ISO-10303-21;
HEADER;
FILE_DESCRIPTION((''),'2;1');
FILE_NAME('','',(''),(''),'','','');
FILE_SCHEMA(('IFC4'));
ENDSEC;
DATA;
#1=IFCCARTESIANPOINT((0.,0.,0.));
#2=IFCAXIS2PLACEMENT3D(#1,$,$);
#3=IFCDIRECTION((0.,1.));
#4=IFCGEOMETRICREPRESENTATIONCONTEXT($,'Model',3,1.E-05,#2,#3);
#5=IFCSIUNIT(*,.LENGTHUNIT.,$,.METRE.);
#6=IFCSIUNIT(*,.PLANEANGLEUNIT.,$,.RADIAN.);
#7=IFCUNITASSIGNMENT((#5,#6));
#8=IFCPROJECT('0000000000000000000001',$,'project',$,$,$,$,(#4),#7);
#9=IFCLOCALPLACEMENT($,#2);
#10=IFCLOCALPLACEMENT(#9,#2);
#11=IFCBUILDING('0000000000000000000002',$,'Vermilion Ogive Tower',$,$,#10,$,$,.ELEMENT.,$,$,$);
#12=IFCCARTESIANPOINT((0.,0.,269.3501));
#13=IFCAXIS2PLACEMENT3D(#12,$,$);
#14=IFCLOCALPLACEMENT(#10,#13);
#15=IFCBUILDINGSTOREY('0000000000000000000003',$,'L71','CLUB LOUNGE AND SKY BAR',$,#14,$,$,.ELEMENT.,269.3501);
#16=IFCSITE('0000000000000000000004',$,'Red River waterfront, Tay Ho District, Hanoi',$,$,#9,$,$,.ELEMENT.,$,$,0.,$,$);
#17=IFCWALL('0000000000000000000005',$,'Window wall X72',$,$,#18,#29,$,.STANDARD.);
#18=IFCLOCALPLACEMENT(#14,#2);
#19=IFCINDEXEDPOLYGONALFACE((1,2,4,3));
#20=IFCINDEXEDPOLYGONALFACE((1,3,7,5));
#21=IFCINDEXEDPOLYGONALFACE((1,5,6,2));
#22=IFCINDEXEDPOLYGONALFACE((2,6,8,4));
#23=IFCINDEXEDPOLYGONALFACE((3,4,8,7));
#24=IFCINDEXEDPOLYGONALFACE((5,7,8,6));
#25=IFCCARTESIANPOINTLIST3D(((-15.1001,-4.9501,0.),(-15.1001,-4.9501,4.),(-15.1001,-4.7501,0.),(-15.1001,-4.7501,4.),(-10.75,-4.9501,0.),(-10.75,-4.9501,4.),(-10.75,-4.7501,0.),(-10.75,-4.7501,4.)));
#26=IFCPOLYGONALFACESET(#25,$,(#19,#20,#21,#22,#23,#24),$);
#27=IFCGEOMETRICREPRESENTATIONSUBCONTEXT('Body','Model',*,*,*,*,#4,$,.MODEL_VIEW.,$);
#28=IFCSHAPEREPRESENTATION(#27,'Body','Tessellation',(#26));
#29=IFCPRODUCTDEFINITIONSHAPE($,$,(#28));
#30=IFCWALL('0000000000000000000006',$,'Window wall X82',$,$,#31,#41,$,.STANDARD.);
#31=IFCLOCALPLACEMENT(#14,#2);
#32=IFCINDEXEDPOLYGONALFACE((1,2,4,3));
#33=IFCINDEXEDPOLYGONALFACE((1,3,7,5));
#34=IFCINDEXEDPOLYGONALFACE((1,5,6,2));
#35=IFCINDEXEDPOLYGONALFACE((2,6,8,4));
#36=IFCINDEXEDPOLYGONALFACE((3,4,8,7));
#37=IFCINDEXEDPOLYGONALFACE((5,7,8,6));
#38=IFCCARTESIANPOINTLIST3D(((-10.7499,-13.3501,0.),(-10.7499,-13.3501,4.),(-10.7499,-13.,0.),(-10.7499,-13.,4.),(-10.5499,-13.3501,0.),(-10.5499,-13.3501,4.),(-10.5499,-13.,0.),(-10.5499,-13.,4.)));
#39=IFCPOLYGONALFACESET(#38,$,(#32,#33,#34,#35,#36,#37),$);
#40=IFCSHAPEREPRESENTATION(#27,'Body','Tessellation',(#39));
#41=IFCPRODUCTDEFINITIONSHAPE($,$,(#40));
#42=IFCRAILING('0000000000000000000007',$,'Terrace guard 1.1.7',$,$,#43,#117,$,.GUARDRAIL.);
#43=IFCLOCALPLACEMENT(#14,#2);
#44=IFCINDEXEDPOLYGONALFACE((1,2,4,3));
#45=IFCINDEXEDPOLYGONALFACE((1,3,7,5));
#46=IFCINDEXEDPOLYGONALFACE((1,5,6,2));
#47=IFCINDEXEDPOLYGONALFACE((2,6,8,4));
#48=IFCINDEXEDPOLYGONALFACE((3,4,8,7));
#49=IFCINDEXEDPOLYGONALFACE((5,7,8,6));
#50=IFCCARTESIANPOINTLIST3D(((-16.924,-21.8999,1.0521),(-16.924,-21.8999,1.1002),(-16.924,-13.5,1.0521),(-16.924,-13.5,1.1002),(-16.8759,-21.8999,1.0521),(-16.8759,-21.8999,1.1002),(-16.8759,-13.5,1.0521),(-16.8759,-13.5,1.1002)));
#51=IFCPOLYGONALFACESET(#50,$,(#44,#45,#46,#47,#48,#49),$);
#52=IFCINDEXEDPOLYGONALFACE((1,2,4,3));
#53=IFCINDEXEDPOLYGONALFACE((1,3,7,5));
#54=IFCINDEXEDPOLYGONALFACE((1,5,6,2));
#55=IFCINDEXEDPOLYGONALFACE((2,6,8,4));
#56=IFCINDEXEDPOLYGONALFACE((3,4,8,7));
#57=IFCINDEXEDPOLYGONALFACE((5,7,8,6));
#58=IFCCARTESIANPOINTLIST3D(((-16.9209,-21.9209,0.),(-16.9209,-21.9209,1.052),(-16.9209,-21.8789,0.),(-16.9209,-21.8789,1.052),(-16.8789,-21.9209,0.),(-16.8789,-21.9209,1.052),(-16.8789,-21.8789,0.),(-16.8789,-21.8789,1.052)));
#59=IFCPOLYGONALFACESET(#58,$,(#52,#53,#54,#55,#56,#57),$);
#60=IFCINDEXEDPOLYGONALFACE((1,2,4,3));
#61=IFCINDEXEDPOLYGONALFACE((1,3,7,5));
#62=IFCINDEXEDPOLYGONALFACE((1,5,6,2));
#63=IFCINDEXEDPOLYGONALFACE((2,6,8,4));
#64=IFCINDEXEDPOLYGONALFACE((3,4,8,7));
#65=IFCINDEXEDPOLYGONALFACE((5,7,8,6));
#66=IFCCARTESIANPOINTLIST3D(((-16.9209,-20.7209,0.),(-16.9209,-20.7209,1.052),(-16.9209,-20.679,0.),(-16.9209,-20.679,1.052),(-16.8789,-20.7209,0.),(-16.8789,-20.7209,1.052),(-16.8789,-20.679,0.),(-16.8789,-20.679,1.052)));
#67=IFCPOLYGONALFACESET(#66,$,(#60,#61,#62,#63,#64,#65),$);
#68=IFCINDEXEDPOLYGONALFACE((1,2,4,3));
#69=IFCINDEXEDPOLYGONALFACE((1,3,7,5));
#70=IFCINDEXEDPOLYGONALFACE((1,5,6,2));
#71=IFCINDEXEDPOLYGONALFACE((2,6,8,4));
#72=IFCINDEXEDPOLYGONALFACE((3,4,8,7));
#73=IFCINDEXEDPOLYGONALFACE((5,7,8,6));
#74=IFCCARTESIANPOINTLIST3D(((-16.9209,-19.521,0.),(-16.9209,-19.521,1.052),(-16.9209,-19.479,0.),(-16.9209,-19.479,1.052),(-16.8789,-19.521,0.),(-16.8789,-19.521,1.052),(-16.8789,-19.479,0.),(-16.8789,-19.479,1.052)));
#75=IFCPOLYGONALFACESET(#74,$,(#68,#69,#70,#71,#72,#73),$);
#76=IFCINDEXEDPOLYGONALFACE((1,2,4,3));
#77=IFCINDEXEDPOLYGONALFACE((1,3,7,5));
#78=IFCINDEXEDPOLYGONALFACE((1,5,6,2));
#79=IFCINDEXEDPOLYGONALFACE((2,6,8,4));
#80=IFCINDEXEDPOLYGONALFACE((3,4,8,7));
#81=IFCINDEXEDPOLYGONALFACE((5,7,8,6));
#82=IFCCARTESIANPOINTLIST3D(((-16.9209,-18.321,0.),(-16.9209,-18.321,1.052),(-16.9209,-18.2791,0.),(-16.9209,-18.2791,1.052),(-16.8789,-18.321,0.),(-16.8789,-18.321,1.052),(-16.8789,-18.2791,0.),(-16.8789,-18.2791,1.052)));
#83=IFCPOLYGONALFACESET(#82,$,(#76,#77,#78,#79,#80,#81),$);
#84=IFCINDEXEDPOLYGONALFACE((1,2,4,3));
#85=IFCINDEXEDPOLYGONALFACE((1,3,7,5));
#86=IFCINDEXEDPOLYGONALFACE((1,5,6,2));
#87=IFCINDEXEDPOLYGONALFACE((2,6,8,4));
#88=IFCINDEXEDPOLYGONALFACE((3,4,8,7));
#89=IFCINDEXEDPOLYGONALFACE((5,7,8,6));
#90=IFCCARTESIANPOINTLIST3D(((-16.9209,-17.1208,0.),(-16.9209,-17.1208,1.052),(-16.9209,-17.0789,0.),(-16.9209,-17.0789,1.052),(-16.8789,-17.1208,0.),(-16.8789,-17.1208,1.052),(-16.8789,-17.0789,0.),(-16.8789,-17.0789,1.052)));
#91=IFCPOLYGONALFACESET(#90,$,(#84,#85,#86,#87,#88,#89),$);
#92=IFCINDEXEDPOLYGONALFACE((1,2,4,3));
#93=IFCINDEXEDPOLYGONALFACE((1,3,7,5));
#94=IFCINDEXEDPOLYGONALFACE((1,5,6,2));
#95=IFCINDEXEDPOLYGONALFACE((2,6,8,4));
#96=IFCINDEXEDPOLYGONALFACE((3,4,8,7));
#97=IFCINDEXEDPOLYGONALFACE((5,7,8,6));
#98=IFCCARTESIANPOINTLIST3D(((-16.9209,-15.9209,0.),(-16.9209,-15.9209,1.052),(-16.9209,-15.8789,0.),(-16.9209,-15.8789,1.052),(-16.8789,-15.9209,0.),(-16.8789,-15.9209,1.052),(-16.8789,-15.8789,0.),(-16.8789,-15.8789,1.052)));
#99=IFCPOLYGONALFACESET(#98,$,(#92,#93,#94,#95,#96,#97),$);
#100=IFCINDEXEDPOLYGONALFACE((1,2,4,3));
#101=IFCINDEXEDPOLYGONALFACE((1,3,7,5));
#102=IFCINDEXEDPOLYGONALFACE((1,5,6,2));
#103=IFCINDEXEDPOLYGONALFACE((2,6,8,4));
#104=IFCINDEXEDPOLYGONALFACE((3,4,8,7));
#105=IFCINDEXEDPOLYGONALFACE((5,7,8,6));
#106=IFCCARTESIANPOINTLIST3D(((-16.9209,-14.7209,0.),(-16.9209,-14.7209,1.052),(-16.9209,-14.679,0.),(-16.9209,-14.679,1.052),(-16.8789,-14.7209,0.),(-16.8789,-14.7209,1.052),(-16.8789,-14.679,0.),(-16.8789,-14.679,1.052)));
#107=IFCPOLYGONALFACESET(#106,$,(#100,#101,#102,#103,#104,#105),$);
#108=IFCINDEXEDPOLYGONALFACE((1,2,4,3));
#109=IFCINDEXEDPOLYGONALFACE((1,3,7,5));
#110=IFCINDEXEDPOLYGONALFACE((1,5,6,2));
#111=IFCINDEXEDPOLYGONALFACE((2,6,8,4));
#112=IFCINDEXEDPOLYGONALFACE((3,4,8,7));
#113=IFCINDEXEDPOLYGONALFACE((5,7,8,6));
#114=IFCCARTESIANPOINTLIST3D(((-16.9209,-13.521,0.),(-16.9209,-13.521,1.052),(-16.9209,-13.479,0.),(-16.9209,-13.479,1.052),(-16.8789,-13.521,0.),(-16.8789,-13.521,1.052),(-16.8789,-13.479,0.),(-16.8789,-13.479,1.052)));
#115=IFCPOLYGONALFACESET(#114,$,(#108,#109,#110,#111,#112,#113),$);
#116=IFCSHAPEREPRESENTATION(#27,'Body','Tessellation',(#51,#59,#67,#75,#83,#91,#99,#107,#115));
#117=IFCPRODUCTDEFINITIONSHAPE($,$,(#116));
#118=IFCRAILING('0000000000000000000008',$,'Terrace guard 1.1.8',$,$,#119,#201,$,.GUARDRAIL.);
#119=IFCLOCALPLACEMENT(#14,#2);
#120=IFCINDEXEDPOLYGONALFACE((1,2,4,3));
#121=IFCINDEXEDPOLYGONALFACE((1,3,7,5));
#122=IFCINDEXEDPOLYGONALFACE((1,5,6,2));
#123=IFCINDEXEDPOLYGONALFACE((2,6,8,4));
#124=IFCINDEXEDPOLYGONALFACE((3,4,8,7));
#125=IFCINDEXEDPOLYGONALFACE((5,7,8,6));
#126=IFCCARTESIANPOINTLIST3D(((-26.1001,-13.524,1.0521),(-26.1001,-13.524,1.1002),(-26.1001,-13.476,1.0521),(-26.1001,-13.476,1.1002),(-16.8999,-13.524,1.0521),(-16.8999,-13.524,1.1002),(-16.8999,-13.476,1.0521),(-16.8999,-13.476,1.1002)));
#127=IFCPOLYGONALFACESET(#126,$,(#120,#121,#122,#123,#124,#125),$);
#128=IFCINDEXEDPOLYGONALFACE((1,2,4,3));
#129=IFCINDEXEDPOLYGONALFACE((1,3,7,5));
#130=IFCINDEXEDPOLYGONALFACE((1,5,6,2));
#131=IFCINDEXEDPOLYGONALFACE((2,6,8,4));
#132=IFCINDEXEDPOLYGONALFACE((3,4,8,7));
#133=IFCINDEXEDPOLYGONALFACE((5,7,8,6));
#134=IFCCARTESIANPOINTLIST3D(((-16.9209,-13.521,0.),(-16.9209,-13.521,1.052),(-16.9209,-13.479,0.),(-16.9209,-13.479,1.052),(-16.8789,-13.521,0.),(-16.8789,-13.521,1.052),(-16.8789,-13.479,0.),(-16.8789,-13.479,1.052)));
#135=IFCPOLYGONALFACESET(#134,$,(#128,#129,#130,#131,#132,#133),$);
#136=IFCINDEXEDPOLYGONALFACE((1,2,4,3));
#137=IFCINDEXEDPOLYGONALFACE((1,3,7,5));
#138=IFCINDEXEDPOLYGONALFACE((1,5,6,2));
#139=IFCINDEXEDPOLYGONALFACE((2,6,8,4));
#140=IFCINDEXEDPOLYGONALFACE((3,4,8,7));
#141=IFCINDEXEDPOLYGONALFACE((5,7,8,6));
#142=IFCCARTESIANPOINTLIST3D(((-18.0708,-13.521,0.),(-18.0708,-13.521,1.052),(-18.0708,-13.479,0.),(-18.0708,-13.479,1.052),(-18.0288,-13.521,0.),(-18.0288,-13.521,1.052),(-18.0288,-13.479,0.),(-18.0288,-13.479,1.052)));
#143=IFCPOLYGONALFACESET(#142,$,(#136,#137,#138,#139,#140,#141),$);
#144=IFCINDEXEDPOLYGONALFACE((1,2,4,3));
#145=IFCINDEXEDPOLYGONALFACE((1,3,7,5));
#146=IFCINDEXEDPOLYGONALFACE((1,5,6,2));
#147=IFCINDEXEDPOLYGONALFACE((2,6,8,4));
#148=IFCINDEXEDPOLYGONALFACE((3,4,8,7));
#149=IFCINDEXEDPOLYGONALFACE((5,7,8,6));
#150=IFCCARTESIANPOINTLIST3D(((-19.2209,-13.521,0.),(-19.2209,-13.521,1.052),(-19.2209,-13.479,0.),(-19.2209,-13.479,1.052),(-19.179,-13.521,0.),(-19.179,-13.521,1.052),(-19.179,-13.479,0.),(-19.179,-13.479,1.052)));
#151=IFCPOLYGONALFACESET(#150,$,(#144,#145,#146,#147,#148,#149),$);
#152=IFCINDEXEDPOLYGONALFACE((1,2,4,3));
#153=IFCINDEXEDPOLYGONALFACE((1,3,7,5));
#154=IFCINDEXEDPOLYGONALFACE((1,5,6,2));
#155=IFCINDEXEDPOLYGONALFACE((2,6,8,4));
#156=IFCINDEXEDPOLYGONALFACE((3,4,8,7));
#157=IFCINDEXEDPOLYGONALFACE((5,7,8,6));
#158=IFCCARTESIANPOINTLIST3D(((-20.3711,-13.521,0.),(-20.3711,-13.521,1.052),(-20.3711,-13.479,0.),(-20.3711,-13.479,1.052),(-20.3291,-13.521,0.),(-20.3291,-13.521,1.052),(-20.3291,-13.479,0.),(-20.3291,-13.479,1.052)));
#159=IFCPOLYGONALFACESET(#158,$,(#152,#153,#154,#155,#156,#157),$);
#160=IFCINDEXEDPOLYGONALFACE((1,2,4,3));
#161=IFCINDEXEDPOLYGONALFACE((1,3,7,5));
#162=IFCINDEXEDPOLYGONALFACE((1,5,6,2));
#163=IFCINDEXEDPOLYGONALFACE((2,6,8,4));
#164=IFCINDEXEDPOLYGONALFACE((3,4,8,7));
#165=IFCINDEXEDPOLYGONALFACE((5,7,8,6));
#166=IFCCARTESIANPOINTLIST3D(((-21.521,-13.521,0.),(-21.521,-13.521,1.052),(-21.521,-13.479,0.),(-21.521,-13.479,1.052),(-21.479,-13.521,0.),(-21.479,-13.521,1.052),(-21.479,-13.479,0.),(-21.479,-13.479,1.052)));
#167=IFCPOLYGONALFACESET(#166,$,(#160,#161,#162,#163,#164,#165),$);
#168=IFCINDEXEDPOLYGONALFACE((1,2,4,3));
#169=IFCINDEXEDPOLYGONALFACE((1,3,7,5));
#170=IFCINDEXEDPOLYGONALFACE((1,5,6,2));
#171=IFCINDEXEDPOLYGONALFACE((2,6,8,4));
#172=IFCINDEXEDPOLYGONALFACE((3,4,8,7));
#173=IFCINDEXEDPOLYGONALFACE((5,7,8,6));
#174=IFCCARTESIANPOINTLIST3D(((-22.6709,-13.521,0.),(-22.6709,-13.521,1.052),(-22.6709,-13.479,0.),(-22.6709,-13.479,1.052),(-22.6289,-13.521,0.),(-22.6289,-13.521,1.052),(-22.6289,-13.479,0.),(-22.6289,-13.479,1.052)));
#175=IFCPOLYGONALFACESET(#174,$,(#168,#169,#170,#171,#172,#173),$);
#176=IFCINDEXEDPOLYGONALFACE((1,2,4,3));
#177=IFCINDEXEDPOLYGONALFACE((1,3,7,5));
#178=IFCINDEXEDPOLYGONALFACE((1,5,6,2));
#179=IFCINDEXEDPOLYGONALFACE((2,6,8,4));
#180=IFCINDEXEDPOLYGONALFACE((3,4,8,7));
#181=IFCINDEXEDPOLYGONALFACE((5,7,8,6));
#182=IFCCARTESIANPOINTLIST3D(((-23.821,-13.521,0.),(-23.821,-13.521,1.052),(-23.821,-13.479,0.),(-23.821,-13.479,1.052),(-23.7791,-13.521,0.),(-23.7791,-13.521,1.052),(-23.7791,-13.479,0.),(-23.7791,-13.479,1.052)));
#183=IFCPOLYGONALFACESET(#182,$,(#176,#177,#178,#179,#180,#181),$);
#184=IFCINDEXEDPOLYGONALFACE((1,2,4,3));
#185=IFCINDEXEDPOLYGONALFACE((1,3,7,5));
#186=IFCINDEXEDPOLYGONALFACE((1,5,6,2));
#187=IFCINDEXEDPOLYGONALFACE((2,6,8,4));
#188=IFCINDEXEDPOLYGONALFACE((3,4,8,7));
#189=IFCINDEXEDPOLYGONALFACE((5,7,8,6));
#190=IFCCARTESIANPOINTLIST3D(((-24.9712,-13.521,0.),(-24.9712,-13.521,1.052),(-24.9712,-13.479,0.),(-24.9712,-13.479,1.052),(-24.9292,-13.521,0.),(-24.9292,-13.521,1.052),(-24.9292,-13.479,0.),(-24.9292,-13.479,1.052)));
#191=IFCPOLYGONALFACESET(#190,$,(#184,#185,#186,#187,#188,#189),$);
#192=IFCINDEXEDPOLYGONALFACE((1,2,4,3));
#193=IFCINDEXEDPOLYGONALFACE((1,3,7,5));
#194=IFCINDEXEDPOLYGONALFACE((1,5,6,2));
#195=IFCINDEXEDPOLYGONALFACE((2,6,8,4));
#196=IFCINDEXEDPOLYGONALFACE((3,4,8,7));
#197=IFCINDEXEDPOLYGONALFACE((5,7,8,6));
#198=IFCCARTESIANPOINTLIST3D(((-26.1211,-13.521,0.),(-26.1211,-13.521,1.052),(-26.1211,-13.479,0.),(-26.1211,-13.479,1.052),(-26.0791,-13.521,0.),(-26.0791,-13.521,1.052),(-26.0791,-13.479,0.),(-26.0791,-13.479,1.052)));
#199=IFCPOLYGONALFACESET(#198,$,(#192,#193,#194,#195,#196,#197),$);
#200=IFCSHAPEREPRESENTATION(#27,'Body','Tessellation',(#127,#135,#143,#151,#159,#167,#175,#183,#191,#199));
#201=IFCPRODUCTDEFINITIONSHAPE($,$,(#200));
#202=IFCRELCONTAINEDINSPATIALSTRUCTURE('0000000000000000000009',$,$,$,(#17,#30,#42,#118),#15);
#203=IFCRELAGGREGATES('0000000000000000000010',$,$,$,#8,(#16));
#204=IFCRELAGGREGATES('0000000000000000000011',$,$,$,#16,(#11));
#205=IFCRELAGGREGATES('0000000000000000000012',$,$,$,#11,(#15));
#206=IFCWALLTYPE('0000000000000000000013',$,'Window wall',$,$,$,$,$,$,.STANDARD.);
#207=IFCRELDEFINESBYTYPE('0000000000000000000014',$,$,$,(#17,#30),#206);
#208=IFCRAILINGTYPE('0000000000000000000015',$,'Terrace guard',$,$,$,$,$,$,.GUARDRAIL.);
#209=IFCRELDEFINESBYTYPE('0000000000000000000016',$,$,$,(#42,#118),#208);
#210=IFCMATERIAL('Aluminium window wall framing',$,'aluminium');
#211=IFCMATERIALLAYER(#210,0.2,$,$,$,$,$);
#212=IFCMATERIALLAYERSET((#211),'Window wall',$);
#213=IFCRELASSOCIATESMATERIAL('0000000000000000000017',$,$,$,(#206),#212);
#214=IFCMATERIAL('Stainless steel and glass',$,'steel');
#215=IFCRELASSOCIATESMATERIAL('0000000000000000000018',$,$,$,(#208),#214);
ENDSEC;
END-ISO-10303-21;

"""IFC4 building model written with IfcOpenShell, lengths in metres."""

from ifc_helpers import new_model, si_unit, direction, frame, frame_2d, origin, origin_2d, place, context, subcontext, project, spatial, rectangle, extrude, material, layer, layer_set, type_object, element, save


model = new_model("IFC4")

# Units and contexts
model_context = context("Model", 3, precision=1e-05, world=origin(), true_north=direction((0.0, 1.0)))
body_context = subcontext(model_context, "Body", "Model", "MODEL_VIEW")
ifc_project = project(units=[si_unit("LENGTHUNIT", "METRE"), si_unit("PLANEANGLEUNIT", "RADIAN")], contexts=[model_context])

# Site, building, storey
site_placement = place(None, origin())
site = spatial("IfcSite", under=ifc_project, at=site_placement, Name="Red River waterfront, Tay Ho District, Hanoi", CompositionType="ELEMENT", RefElevation=0.0)
building_placement = place(site_placement, origin())
building = spatial("IfcBuilding", under=site, at=building_placement, Name="Vermilion Ogive Tower", CompositionType="ELEMENT")
storey_placement = place(building_placement, frame((0.0, 0.0, 269.3501)))
storey = spatial("IfcBuildingStorey", under=building, at=storey_placement, Name="L71", Description="CLUB LOUNGE AND SKY BAR", CompositionType="ELEMENT", Elevation=269.3501)

# Shared definitions
ifc_material_1 = material(Name="Aluminium window wall framing", Category="aluminium")
ifc_layer_1 = layer(ifc_material_1, 0.2)
ifc_layer_set_1 = layer_set([ifc_layer_1], Name="Window wall")
wall_type_1 = type_object("IfcWallType", Name="Window wall", PredefinedType="STANDARD", material=ifc_layer_set_1)

# Wall
wall_1_placement = place(storey_placement, frame((-15.1001, -4.8501, 0.0), z_axis=(0.0, 0.0, 1.0), x_axis=(1.0, 0.0, 0.0)))
element("IfcWall", 1, at=wall_1_placement, inside=storey, type_object=wall_type_1, Name="Window wall X72", PredefinedType="STANDARD", context=body_context, shape_type="SweptSolid", body=[
    extrude(rectangle(XDim=4.3501, YDim=0.2, at=frame_2d((2.175, 0.0))), origin(), (0.0, 0.0, 1.0), 4.0),
])

# Wall
wall_2_placement = place(storey_placement, frame((-10.6499, -13.0, 0.0), z_axis=(0.0, 0.0, 1.0), x_axis=(0.0, -1.0, 0.0)))
element("IfcWall", 2, at=wall_2_placement, inside=storey, type_object=wall_type_1, Name="Window wall X82", PredefinedType="STANDARD", context=body_context, shape_type="SweptSolid", body=[
    extrude(rectangle(XDim=0.3501, YDim=0.2, at=frame_2d((0.175, 0.0))), origin(), (0.0, 0.0, 1.0), 4.0),
])

# Railings
ifc_material_2 = material(Name="Stainless steel and glass", Category="steel")
railing_type = type_object("IfcRailingType", Name="Terrace guard", PredefinedType="GUARDRAIL", material=ifc_material_2)
railing_1_placement = place(storey_placement, frame((-16.8999, -21.8999, 0.0)))
element("IfcRailing", 3, at=railing_1_placement, inside=storey, type_object=railing_type, Name="Terrace guard 1.1.7", PredefinedType="GUARDRAIL", context=body_context, shape_type="SweptSolid", body=[
    extrude(rectangle(XDim=0.0481, YDim=0.0481, at=origin_2d()), frame((0.0, 0.0, 1.0762), z_axis=(0.0, 1.0, 0.0), x_axis=(-1.0, 0.0, 0.0)), (0.0, 0.0, 1.0), 8.3999),
    extrude(rectangle(XDim=0.042, YDim=0.042, at=origin_2d()), origin(), (0.0, 0.0, 1.0), 1.052),
    extrude(rectangle(XDim=0.042, YDim=0.042, at=origin_2d()), frame((0.0, 1.2, 0.0)), (0.0, 0.0, 1.0), 1.052),
    extrude(rectangle(XDim=0.042, YDim=0.042, at=origin_2d()), frame((0.0, 2.3999, 0.0)), (0.0, 0.0, 1.0), 1.052),
    extrude(rectangle(XDim=0.042, YDim=0.042, at=origin_2d()), frame((0.0, 3.5999, 0.0)), (0.0, 0.0, 1.0), 1.052),
    extrude(rectangle(XDim=0.042, YDim=0.042, at=origin_2d()), frame((0.0, 4.8, 0.0)), (0.0, 0.0, 1.0), 1.052),
    extrude(rectangle(XDim=0.042, YDim=0.042, at=origin_2d()), frame((0.0, 6.0, 0.0)), (0.0, 0.0, 1.0), 1.052),
    extrude(rectangle(XDim=0.042, YDim=0.042, at=origin_2d()), frame((0.0, 7.2, 0.0)), (0.0, 0.0, 1.0), 1.052),
    extrude(rectangle(XDim=0.042, YDim=0.042, at=origin_2d()), frame((0.0, 8.3999, 0.0)), (0.0, 0.0, 1.0), 1.052),
])
railing_2_placement = place(storey_placement, frame((-16.8999, -13.5, 0.0)))
element("IfcRailing", 4, at=railing_2_placement, inside=storey, type_object=railing_type, Name="Terrace guard 1.1.8", PredefinedType="GUARDRAIL", context=body_context, shape_type="SweptSolid", body=[
    extrude(rectangle(XDim=0.0481, YDim=0.0481, at=origin_2d()), frame((0.0, 0.0, 1.0762), z_axis=(-1.0, 0.0, 0.0), x_axis=(0.0, -1.0, 0.0)), (0.0, 0.0, 1.0), 9.2002),
    extrude(rectangle(XDim=0.042, YDim=0.042, at=origin_2d()), origin(), (0.0, 0.0, 1.0), 1.052),
    extrude(rectangle(XDim=0.042, YDim=0.042, at=origin_2d()), frame((-1.1499, 0.0, 0.0)), (0.0, 0.0, 1.0), 1.052),
    extrude(rectangle(XDim=0.042, YDim=0.042, at=origin_2d()), frame((-2.3, 0.0, 0.0)), (0.0, 0.0, 1.0), 1.052),
    extrude(rectangle(XDim=0.042, YDim=0.042, at=origin_2d()), frame((-3.4502, 0.0, 0.0)), (0.0, 0.0, 1.0), 1.052),
    extrude(rectangle(XDim=0.042, YDim=0.042, at=origin_2d()), frame((-4.6001, 0.0, 0.0)), (0.0, 0.0, 1.0), 1.052),
    extrude(rectangle(XDim=0.042, YDim=0.042, at=origin_2d()), frame((-5.75, 0.0, 0.0)), (0.0, 0.0, 1.0), 1.052),
    extrude(rectangle(XDim=0.042, YDim=0.042, at=origin_2d()), frame((-6.9001, 0.0, 0.0)), (0.0, 0.0, 1.0), 1.052),
    extrude(rectangle(XDim=0.042, YDim=0.042, at=origin_2d()), frame((-8.0503, 0.0, 0.0)), (0.0, 0.0, 1.0), 1.052),
    extrude(rectangle(XDim=0.042, YDim=0.042, at=origin_2d()), frame((-9.2002, 0.0, 0.0)), (0.0, 0.0, 1.0), 1.052),
])

save(model, "model.ifc")
